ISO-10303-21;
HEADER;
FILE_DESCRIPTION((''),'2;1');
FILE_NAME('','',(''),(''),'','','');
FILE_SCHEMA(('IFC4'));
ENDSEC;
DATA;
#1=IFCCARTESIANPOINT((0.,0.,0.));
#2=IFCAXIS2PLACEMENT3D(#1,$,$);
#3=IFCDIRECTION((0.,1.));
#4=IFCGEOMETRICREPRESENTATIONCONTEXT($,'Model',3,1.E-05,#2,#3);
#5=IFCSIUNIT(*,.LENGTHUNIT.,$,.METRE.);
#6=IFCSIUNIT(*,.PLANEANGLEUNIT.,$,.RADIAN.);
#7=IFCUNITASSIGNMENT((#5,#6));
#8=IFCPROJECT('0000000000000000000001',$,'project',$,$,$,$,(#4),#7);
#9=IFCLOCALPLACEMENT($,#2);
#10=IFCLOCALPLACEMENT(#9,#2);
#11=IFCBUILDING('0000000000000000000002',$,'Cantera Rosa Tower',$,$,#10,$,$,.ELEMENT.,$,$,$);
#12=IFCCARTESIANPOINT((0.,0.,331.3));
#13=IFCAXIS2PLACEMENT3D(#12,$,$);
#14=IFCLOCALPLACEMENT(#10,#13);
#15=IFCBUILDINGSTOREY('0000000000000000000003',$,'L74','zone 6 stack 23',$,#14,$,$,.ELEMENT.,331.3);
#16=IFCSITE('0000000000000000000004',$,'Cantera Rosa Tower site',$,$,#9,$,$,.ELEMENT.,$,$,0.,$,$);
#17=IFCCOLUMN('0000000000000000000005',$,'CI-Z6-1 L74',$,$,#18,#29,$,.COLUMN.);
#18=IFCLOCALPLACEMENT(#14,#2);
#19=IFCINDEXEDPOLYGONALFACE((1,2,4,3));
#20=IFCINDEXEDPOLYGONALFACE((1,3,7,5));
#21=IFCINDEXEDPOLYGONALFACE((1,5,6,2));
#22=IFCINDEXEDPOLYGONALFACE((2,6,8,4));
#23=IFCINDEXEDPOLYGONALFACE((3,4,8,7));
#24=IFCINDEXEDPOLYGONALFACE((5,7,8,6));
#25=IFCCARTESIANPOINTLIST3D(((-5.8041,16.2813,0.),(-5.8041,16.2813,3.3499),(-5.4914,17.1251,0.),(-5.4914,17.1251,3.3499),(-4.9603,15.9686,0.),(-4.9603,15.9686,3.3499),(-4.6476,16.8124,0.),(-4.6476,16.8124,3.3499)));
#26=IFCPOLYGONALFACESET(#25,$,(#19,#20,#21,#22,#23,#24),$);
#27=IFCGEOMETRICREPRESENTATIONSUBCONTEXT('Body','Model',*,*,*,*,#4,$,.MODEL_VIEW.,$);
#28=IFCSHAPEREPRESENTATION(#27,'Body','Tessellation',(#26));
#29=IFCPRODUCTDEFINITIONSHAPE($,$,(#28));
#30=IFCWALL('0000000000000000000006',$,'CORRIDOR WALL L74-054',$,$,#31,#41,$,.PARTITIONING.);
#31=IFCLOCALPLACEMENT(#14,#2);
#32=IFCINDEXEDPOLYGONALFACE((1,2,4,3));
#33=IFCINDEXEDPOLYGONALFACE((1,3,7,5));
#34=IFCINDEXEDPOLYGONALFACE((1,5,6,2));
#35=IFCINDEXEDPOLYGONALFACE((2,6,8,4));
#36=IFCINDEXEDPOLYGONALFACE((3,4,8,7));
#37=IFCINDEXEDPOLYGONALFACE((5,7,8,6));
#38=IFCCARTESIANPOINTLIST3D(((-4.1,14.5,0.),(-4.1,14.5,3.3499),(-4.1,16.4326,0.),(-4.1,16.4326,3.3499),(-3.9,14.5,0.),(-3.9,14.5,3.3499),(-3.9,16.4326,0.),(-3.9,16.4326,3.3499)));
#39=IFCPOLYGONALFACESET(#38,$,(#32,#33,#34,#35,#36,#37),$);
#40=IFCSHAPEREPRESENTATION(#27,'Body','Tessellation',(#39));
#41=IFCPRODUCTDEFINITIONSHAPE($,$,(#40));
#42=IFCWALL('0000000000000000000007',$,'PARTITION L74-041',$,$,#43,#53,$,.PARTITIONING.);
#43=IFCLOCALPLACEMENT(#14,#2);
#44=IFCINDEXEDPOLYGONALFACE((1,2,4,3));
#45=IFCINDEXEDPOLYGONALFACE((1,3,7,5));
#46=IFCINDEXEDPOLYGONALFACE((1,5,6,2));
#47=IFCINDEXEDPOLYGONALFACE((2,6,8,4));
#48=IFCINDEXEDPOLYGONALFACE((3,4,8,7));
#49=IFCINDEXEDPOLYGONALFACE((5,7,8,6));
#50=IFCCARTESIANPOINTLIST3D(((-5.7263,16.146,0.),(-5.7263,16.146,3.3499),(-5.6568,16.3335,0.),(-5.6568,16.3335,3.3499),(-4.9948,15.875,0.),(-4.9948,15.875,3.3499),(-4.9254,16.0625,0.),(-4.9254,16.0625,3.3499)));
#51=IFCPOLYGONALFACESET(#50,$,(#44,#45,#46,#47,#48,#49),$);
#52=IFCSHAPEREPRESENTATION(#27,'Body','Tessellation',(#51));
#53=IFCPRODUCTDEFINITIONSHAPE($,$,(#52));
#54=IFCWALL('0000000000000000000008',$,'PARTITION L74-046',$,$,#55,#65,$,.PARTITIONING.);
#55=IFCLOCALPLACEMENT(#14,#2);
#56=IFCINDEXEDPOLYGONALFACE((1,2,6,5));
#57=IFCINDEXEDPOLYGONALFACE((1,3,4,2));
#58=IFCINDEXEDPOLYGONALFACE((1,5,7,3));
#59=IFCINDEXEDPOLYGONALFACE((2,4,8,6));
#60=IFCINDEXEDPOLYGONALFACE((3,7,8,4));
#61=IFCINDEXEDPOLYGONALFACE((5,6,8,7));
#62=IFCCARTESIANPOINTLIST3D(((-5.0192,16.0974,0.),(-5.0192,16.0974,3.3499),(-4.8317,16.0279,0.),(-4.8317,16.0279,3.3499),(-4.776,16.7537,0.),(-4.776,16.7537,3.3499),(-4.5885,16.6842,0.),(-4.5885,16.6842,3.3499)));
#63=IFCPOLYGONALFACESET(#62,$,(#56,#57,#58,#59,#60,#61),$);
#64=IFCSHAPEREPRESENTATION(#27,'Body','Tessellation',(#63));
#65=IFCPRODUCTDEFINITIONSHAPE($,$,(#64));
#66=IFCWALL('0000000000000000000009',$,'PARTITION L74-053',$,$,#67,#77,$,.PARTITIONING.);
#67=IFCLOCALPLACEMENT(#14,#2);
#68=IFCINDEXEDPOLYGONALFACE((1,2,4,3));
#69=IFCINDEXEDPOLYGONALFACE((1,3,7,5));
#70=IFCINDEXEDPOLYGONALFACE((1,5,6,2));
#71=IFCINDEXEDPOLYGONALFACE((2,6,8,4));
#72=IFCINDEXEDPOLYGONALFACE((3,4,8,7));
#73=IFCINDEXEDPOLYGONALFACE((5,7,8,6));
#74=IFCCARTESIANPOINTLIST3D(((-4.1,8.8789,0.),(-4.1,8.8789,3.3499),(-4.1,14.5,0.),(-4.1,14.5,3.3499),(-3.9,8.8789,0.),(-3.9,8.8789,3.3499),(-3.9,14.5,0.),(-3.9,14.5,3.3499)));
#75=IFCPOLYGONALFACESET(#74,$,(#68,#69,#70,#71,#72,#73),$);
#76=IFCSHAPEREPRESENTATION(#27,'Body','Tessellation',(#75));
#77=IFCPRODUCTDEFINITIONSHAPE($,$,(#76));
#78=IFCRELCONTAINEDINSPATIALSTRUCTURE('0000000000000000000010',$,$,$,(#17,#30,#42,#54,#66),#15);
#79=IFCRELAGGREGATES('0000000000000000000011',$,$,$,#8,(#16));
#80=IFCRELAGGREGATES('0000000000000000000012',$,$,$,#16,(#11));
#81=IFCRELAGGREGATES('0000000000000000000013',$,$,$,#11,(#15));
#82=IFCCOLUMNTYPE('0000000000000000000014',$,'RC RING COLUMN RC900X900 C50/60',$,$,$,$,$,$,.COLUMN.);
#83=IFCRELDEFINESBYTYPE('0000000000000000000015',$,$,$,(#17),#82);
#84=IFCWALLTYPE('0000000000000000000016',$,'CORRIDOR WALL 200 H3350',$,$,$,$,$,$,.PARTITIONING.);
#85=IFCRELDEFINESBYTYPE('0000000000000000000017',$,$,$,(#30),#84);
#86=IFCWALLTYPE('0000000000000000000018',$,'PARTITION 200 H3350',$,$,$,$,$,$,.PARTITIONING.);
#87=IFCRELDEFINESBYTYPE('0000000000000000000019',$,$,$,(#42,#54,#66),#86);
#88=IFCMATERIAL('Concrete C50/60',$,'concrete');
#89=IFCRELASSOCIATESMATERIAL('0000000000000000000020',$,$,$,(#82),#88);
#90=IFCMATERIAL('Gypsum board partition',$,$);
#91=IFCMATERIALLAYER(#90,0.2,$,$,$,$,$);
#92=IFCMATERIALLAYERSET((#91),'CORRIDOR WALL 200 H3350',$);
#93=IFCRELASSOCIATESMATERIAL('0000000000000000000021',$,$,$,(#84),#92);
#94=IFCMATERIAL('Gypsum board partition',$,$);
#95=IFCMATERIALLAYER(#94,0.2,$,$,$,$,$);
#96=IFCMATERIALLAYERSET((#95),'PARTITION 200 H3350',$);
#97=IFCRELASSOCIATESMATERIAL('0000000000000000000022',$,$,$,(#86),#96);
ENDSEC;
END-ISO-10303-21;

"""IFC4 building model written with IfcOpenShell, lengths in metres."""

from ifc_helpers import new_model, si_unit, direction, frame, frame_2d, origin, origin_2d, place, context, subcontext, project, spatial, rectangle, extrude, material, layer, layer_set, material_profile, profile_set, type_object, element, save


model = new_model("IFC4")

# Units and contexts
model_context = context("Model", 3, precision=1e-05, world=origin(), true_north=direction((0.0, 1.0)))
body_context = subcontext(model_context, "Body", "Model", "MODEL_VIEW")
ifc_project = project(units=[si_unit("LENGTHUNIT", "METRE"), si_unit("PLANEANGLEUNIT", "RADIAN")], contexts=[model_context])

# Site, building, storey
site_placement = place(None, origin())
site = spatial("IfcSite", under=ifc_project, at=site_placement, Name="Cantera Rosa Tower site", CompositionType="ELEMENT", RefElevation=0.0)
building_placement = place(site_placement, origin())
building = spatial("IfcBuilding", under=site, at=building_placement, Name="Cantera Rosa Tower", CompositionType="ELEMENT")
storey_placement = place(building_placement, frame((0.0, 0.0, 331.3)))
storey = spatial("IfcBuildingStorey", under=building, at=storey_placement, Name="L74", Description="zone 6 stack 23", CompositionType="ELEMENT", Elevation=331.3)

# Column
ifc_material_1 = material(Name="Concrete C50/60", Category="concrete")
ifc_material_profile = material_profile(ifc_material_1, rectangle(XDim=0.8999, YDim=0.8999, at=origin_2d()), Name="RC RING COLUMN RC900X900 C50/60")
ifc_profile_set = profile_set([ifc_material_profile], Name="Concrete C50/60")
column_type = type_object("IfcColumnType", Name="RC RING COLUMN RC900X900 C50/60", PredefinedType="COLUMN", material=ifc_profile_set)
column_placement = place(storey_placement, frame((-5.2258, 16.5469, 0.0), z_axis=(0.0, 0.0, 1.0), x_axis=(0.347481, 0.937687, 0.0)))
element("IfcColumn", 1, at=column_placement, inside=storey, type_object=column_type, Name="CI-Z6-1 L74", PredefinedType="COLUMN", context=body_context, shape_type="SweptSolid", body=[
    extrude(rectangle(XDim=0.8999, YDim=0.8999, at=origin_2d()), origin(), (0.0, 0.0, 1.0), 3.3499),
])

# Walls
ifc_material_2 = material(Name="Gypsum board partition")
ifc_layer_1 = layer(ifc_material_2, 0.2)
ifc_layer_set_1 = layer_set([ifc_layer_1], Name="CORRIDOR WALL 200 H3350")
wall_type_1 = type_object("IfcWallType", Name="CORRIDOR WALL 200 H3350", PredefinedType="PARTITIONING", material=ifc_layer_set_1)
wall_1_placement = place(storey_placement, frame((-4.0, 16.4326, 0.0), z_axis=(0.0, 0.0, 1.0), x_axis=(0.0, -1.0, 0.0)))
element("IfcWall", 2, at=wall_1_placement, inside=storey, type_object=wall_type_1, Name="CORRIDOR WALL L74-054", PredefinedType="PARTITIONING", context=body_context, shape_type="SweptSolid", body=[
    extrude(rectangle(XDim=1.9326, YDim=0.2, at=frame_2d((0.9663, 0.0))), origin(), (0.0, 0.0, 1.0), 3.3499),
])
ifc_material_3 = material(Name="Gypsum board partition")
ifc_layer_2 = layer(ifc_material_3, 0.2)
ifc_layer_set_2 = layer_set([ifc_layer_2], Name="PARTITION 200 H3350")
wall_type_2 = type_object("IfcWallType", Name="PARTITION 200 H3350", PredefinedType="PARTITIONING", material=ifc_layer_set_2)
wall_2_placement = place(storey_placement, frame((-5.6917, 16.2397, 0.0), z_axis=(0.0, 0.0, 1.0), x_axis=(0.937711, -0.347416, 0.0)))
element("IfcWall", 3, at=wall_2_placement, inside=storey, type_object=wall_type_2, Name="PARTITION L74-041", PredefinedType="PARTITIONING", context=body_context, shape_type="SweptSolid", body=[
    extrude(rectangle(XDim=0.78, YDim=0.2, at=frame_2d((0.3901, 0.0))), origin(), (0.0, 0.0, 1.0), 3.3499),
])
wall_3_placement = place(storey_placement, frame((-4.9255, 16.0625, 0.0), z_axis=(0.0, 0.0, 1.0), x_axis=(0.347451, 0.937698, 0.0)))
element("IfcWall", 4, at=wall_3_placement, inside=storey, type_object=wall_type_2, Name="PARTITION L74-046", PredefinedType="PARTITIONING", context=body_context, shape_type="SweptSolid", body=[
    extrude(rectangle(XDim=0.7, YDim=0.2, at=frame_2d((0.3501, 0.0))), origin(), (0.0, 0.0, 1.0), 3.3499),
])
wall_4_placement = place(storey_placement, frame((-4.0, 14.5, 0.0), z_axis=(0.0, 0.0, 1.0), x_axis=(0.0, -1.0, 0.0)))
element("IfcWall", 5, at=wall_4_placement, inside=storey, type_object=wall_type_2, Name="PARTITION L74-053", PredefinedType="PARTITIONING", context=body_context, shape_type="SweptSolid", body=[
    extrude(rectangle(XDim=5.6211, YDim=0.2, at=frame_2d((2.8105, 0.0))), origin(), (0.0, 0.0, 1.0), 3.3499),
])

save(model, "model.ifc")
